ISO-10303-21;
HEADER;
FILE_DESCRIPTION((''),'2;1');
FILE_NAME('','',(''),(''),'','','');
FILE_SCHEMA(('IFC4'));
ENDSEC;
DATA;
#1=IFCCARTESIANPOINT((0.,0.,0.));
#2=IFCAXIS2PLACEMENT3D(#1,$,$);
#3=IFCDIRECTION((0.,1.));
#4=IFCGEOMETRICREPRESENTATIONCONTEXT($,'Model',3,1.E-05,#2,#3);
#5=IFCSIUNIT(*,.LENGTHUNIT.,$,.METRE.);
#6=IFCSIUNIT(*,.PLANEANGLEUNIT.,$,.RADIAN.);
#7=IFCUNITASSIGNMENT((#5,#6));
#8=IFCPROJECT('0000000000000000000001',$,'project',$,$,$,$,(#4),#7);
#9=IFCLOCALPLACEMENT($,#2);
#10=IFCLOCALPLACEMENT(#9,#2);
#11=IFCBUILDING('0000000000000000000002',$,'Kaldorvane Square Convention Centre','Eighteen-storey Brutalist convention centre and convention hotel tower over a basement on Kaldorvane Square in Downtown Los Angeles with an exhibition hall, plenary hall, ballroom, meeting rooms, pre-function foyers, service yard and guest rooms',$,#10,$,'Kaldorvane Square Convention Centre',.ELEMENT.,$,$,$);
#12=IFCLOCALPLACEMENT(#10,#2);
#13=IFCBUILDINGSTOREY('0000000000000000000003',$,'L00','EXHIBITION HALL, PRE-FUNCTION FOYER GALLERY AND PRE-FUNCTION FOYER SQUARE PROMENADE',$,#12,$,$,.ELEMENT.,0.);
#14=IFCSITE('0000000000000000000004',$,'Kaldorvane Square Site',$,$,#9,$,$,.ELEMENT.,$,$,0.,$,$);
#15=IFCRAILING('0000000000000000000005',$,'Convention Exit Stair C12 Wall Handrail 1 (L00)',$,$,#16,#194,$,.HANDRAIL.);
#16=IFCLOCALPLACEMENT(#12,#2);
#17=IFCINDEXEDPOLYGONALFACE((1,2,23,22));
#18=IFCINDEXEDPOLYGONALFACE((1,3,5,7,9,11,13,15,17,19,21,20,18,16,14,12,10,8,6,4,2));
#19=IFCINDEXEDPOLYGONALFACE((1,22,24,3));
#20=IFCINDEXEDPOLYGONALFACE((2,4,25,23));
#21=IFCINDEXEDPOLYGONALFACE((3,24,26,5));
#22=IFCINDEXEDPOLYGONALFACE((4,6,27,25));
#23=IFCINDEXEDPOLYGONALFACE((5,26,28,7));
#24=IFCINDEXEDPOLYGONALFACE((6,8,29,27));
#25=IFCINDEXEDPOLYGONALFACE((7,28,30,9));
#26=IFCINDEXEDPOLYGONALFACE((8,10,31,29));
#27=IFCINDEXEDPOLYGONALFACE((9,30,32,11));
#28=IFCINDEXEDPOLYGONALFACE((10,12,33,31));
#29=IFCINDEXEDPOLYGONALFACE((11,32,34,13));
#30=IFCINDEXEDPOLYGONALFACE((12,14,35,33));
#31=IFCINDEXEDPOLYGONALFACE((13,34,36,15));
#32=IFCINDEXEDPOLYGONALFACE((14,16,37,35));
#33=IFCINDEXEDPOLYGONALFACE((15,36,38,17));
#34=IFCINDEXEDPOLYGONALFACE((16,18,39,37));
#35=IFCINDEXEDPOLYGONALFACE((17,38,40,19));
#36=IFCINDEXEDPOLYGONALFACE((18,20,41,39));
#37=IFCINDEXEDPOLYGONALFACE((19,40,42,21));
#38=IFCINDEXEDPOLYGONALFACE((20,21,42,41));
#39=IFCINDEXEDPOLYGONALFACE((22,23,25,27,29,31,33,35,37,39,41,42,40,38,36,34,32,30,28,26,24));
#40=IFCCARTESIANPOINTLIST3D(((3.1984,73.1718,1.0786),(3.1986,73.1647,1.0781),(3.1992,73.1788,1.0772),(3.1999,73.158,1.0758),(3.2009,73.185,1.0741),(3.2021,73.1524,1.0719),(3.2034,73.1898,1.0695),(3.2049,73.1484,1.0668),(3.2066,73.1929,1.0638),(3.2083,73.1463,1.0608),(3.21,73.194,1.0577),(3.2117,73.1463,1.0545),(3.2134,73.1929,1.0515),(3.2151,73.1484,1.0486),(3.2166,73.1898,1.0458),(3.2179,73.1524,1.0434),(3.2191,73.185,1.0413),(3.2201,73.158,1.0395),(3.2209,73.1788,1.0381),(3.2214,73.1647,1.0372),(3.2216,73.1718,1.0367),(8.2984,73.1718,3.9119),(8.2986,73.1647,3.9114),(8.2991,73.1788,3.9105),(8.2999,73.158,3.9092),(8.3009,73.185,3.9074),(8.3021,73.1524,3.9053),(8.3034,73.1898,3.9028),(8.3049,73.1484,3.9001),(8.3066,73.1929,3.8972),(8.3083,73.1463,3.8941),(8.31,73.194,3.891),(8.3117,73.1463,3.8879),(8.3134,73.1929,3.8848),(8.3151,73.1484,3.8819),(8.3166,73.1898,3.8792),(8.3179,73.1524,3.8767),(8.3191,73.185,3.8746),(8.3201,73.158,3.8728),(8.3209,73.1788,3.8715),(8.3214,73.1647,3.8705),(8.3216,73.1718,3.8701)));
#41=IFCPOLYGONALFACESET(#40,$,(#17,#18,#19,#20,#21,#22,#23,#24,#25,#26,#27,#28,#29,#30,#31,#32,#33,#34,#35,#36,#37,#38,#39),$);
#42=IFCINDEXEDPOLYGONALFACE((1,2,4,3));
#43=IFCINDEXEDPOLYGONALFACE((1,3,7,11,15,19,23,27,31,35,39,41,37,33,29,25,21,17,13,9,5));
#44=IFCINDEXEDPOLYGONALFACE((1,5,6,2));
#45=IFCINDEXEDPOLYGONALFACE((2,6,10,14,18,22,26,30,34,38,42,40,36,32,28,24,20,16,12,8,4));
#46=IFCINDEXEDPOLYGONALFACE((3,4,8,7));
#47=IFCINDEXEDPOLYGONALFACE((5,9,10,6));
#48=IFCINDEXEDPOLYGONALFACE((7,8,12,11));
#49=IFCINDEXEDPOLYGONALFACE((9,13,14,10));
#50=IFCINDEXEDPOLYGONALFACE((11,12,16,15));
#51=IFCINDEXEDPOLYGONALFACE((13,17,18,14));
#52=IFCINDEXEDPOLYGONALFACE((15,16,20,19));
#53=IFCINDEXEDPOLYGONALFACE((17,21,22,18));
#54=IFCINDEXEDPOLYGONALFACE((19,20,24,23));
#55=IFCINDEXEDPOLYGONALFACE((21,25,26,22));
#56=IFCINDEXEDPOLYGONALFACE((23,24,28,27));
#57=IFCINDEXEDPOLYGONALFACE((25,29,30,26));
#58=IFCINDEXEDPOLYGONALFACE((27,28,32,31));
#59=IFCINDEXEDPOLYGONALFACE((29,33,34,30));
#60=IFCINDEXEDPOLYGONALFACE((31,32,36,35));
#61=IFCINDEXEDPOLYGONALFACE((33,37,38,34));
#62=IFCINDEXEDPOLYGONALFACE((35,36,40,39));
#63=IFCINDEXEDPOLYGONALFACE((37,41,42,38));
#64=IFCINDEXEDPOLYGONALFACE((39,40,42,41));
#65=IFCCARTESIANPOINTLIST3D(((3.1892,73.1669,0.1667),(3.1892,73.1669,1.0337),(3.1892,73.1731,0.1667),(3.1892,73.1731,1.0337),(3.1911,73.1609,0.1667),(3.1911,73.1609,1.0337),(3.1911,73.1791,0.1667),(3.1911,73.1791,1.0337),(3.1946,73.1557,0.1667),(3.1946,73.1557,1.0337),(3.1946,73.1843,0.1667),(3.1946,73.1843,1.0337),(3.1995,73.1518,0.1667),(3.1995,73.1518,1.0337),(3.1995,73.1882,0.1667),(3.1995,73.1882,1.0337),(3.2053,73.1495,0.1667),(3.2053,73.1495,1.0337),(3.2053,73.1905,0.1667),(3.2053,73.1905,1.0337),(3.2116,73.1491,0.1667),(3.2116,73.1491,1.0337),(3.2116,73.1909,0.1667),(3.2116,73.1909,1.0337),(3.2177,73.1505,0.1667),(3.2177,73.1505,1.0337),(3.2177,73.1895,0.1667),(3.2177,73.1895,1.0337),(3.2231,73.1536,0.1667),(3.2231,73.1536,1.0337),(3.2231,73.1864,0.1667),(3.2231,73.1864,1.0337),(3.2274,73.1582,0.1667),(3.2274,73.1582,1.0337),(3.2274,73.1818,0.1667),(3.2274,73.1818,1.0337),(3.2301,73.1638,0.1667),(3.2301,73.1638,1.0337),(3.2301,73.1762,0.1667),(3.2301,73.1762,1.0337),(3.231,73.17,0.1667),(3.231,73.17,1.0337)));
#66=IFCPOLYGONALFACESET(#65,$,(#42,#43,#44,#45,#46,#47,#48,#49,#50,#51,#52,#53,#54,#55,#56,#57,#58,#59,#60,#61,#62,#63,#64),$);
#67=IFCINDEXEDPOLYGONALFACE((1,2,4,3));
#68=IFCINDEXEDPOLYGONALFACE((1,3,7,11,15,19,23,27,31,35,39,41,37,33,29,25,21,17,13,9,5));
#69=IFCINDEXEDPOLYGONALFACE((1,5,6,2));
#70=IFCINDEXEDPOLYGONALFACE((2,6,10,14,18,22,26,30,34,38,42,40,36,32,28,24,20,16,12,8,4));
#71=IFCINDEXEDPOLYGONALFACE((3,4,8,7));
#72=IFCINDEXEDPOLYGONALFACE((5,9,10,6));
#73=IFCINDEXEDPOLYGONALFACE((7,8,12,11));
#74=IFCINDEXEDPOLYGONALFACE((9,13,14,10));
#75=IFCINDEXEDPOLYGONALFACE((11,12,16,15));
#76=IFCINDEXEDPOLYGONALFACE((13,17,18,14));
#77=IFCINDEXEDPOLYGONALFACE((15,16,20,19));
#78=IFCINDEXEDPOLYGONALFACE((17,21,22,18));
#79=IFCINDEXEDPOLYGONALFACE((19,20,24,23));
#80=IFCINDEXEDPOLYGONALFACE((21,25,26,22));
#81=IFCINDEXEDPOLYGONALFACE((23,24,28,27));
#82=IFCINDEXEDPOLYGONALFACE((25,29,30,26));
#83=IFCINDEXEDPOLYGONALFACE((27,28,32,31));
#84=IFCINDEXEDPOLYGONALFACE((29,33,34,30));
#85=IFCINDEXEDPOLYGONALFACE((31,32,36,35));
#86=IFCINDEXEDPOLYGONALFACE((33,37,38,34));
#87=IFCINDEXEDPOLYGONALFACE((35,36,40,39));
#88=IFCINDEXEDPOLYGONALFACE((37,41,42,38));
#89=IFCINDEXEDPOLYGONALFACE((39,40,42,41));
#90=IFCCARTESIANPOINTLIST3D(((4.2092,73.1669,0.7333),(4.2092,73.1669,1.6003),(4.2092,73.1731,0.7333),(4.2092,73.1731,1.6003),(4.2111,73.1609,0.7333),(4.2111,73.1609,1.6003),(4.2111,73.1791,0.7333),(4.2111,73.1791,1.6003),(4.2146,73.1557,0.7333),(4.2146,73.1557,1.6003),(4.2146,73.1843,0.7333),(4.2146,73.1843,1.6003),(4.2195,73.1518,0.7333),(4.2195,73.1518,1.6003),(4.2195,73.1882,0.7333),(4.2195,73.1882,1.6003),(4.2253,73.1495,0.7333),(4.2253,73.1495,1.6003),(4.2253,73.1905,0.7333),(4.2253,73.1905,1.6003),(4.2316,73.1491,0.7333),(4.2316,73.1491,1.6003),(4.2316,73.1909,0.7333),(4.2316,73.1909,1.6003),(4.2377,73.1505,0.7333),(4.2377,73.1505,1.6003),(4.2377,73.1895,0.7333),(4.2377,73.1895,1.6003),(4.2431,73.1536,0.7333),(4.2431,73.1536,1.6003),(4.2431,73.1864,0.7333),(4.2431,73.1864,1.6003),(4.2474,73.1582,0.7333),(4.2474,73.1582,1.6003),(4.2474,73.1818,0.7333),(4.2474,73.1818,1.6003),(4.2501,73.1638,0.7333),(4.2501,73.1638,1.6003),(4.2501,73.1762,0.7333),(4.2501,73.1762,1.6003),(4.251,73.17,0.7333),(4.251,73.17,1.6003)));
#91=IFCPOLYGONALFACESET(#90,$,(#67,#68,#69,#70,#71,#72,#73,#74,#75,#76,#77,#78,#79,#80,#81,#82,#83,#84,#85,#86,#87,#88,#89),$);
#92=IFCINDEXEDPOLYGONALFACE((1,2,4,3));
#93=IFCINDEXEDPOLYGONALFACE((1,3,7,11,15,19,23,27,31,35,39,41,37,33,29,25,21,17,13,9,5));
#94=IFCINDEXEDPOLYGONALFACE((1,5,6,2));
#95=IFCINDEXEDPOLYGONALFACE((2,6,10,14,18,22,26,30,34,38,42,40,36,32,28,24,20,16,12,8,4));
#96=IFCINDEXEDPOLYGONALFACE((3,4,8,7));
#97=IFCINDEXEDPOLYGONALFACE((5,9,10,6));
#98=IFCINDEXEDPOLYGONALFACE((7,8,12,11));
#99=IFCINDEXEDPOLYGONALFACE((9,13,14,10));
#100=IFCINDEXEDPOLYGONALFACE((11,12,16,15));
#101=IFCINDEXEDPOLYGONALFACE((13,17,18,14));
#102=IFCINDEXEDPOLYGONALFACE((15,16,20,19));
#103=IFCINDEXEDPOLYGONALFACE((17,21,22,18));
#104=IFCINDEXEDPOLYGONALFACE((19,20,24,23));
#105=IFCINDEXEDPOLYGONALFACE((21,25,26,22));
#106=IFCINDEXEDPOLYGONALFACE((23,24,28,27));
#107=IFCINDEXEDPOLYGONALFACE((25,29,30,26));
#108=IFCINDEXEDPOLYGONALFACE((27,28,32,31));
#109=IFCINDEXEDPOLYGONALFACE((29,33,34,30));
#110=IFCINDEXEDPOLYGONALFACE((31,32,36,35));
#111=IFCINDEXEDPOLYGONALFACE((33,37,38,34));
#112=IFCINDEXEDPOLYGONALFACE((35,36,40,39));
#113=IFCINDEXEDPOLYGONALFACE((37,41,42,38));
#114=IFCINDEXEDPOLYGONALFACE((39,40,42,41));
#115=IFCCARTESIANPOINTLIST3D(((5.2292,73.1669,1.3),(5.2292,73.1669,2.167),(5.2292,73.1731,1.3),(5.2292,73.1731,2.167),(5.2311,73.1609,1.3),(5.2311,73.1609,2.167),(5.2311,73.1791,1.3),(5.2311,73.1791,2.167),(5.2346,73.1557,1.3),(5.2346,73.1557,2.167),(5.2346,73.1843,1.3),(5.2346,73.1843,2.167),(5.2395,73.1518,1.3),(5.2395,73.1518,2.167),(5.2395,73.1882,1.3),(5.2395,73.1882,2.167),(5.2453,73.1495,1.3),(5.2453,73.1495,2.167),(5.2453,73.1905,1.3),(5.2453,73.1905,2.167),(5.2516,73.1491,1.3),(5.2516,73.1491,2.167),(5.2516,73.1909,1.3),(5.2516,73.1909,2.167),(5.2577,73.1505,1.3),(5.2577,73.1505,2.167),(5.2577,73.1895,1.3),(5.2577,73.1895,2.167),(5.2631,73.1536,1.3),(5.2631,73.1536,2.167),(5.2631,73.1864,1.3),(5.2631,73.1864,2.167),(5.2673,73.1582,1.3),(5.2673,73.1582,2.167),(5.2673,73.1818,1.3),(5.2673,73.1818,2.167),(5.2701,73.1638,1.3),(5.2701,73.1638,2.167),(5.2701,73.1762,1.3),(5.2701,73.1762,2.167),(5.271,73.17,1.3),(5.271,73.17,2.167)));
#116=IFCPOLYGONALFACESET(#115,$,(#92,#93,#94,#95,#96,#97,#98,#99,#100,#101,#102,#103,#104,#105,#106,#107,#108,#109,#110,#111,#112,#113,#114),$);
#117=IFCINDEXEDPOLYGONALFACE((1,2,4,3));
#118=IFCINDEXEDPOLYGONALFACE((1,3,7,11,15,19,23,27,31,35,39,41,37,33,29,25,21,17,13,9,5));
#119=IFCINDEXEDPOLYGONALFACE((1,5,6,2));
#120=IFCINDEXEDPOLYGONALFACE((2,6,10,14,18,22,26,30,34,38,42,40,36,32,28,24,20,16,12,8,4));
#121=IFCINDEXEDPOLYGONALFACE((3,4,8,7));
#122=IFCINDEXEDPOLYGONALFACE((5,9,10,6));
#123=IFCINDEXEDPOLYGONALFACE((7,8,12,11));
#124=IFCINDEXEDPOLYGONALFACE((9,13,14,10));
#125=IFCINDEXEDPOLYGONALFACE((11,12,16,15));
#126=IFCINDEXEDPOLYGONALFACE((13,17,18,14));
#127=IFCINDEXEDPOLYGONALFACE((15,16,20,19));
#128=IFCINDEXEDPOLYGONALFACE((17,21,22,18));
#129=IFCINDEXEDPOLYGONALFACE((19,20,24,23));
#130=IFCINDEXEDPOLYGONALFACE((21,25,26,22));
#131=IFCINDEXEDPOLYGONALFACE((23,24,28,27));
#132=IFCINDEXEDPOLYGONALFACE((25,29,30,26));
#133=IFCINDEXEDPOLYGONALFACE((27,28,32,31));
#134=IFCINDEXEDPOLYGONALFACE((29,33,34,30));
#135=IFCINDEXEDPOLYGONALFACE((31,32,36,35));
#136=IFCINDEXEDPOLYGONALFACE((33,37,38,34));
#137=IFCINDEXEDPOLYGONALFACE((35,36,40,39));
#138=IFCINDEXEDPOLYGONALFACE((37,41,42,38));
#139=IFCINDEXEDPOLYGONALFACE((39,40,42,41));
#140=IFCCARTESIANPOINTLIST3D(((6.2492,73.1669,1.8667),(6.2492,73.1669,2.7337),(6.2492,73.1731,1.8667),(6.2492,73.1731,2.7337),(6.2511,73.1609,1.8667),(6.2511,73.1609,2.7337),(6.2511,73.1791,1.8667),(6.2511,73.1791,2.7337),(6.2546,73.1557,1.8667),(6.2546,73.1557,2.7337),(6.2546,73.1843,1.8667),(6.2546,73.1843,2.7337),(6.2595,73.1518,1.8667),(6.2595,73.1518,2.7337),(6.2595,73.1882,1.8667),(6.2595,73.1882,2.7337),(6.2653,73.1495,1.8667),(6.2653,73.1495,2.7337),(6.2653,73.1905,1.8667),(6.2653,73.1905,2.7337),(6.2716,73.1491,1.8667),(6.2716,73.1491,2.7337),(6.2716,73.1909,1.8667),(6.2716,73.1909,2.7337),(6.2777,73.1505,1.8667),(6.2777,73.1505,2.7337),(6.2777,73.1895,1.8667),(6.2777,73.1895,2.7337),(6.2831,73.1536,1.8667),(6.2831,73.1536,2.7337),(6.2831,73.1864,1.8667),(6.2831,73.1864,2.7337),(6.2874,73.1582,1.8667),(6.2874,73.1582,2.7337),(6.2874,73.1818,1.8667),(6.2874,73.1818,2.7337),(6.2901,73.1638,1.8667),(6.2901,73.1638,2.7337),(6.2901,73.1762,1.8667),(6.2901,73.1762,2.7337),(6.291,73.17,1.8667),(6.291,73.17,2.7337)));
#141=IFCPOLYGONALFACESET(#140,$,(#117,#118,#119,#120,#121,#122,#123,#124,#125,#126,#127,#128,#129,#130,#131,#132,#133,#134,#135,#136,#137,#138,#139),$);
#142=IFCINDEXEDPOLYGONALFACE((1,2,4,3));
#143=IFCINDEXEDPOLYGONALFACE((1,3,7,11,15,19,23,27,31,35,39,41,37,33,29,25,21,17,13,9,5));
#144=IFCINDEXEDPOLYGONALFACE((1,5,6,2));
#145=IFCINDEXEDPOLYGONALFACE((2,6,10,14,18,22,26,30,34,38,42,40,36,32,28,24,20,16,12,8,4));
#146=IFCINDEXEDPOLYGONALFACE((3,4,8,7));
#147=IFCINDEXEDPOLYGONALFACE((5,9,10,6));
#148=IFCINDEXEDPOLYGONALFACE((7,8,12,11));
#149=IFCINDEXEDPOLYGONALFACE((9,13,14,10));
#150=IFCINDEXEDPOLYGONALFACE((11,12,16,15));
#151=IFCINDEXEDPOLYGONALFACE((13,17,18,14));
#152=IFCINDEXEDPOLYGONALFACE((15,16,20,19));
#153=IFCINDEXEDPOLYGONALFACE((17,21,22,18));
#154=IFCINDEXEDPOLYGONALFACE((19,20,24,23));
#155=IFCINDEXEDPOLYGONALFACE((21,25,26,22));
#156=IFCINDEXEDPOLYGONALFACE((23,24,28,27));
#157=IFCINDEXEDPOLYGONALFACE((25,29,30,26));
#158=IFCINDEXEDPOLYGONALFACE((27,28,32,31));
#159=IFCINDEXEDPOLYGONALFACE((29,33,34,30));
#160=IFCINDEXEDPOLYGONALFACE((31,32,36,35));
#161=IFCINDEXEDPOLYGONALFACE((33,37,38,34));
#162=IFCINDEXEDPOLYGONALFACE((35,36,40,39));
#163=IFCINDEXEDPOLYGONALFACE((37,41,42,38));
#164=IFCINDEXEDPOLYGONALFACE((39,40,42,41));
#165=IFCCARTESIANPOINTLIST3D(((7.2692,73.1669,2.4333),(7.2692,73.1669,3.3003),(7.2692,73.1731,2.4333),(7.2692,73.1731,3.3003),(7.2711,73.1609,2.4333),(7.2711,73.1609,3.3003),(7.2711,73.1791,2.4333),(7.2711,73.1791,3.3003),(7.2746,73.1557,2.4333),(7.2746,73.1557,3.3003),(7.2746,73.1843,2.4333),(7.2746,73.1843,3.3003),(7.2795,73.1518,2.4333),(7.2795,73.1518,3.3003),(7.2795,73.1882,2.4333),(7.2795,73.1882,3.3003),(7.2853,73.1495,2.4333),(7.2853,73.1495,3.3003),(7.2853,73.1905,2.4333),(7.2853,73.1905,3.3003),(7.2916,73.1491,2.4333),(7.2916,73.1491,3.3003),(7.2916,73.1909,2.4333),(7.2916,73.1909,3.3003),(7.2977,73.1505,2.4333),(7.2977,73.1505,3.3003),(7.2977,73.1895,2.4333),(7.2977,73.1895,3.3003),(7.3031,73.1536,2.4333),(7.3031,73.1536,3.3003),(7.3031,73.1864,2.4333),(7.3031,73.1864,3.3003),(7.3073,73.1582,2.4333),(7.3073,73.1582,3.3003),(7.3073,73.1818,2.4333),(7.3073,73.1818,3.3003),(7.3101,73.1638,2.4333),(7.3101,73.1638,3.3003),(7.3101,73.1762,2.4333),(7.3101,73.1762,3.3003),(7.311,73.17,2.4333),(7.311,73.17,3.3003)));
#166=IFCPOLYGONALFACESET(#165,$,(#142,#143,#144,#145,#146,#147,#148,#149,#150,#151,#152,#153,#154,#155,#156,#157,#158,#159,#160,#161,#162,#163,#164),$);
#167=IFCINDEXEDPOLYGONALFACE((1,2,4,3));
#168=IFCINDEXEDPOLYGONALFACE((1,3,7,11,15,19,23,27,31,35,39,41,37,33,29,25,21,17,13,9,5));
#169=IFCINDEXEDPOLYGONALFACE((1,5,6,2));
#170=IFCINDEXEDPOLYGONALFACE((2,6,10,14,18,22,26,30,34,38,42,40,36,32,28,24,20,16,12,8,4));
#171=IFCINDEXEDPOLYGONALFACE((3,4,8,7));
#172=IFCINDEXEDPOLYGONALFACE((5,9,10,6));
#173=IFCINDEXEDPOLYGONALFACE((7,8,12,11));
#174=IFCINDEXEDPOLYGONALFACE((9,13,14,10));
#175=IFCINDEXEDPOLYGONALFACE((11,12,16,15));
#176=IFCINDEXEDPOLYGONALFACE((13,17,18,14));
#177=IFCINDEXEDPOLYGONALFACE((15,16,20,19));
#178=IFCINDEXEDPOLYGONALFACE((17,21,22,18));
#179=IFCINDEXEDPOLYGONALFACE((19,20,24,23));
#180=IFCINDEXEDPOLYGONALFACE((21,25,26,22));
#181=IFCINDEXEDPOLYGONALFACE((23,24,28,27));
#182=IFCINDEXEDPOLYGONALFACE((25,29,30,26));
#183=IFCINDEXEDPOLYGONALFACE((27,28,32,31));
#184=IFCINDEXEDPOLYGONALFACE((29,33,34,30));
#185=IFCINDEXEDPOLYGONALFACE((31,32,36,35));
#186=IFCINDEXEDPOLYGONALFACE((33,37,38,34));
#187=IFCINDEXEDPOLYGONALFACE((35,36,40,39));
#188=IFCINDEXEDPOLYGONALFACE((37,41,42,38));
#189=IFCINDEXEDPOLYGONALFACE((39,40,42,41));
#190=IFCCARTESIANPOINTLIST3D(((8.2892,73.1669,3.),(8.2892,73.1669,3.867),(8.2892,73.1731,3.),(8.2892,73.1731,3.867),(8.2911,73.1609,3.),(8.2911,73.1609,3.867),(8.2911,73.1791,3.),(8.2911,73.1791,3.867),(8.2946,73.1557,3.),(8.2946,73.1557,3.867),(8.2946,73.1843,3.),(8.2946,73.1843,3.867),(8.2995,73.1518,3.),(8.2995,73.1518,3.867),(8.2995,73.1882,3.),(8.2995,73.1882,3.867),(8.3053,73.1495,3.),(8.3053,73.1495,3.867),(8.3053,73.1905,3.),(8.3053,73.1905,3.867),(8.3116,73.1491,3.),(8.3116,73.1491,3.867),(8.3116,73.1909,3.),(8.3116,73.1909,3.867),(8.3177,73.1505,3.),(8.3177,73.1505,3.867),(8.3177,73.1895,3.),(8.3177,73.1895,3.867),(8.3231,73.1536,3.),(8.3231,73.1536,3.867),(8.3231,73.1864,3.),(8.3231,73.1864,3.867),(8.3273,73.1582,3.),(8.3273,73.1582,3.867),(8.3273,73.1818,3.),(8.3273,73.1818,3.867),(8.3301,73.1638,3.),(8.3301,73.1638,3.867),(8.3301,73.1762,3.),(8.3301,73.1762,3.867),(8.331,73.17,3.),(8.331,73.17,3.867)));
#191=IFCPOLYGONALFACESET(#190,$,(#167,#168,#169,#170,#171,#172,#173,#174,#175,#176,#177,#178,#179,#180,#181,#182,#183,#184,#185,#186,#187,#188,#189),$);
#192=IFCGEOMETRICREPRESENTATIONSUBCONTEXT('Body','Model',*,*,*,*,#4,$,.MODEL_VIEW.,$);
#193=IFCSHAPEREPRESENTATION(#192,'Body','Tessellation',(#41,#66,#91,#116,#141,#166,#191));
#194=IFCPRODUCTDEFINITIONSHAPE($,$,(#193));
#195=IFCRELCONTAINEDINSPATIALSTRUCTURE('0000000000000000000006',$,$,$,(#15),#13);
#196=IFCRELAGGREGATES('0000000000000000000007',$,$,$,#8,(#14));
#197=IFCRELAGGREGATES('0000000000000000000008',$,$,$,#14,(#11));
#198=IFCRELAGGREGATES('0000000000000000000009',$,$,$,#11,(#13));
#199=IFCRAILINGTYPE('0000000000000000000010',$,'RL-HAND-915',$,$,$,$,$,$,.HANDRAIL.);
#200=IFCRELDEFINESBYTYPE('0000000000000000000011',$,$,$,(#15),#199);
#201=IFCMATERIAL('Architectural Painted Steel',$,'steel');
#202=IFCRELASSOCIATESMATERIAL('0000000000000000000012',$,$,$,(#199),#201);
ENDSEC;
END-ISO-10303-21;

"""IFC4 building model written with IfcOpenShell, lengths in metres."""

from ifc_helpers import new_model, si_unit, direction, frame, origin, origin_2d, place, context, subcontext, project, spatial, circle, extrude, material, type_object, element, save


model = new_model("IFC4")

# Units and contexts
model_context = context("Model", 3, precision=1e-05, world=origin(), true_north=direction((0.0, 1.0)))
body_context = subcontext(model_context, "Body", "Model", "MODEL_VIEW")
ifc_project = project(units=[si_unit("LENGTHUNIT", "METRE"), si_unit("PLANEANGLEUNIT", "RADIAN")], contexts=[model_context])

# Site, building, storey
site_placement = place(None, origin())
site = spatial("IfcSite", under=ifc_project, at=site_placement, Name="Kaldorvane Square Site", CompositionType="ELEMENT", RefElevation=0.0)
building_placement = place(site_placement, origin())
building = spatial("IfcBuilding", under=site, at=building_placement, Name="Kaldorvane Square Convention Centre", Description="Eighteen-storey Brutalist convention centre and convention hotel tower over a basement on Kaldorvane Square in Downtown Los Angeles with an exhibition hall, plenary hall, ballroom, meeting rooms, pre-function foyers, service yard and guest rooms", LongName="Kaldorvane Square Convention Centre", CompositionType="ELEMENT")
storey_placement = place(building_placement, origin())
storey = spatial("IfcBuildingStorey", under=building, at=storey_placement, Name="L00", Description="EXHIBITION HALL, PRE-FUNCTION FOYER GALLERY AND PRE-FUNCTION FOYER SQUARE PROMENADE", CompositionType="ELEMENT", Elevation=0.0)

# Railing
ifc_material_1 = material(Name="Architectural Painted Steel", Category="steel")
railing_type_1 = type_object("IfcRailingType", Name="RL-HAND-915", PredefinedType="HANDRAIL", material=ifc_material_1)
railing_1_placement = place(storey_placement, frame((3.21, 73.17, 0.1667)))
element("IfcRailing", 1, at=railing_1_placement, inside=storey, type_object=railing_type_1, Name="Convention Exit Stair C12 Wall Handrail 1 (L00)", PredefinedType="HANDRAIL", context=body_context, shape_type="SweptSolid", body=[
    extrude(circle(Radius=0.024, at=origin_2d()), frame((0.0, 0.0, 0.891), z_axis=(0.874157, 0.0, 0.485643), x_axis=(0.0, 1.0, 0.0)), (0.0, 0.0, 1.0), 5.8342),
    extrude(circle(Radius=0.021, at=origin_2d()), origin(), (0.0, 0.0, 1.0), 0.867),
    extrude(circle(Radius=0.021, at=origin_2d()), frame((1.02, 0.0, 0.5667)), (0.0, 0.0, 1.0), 0.867),
    extrude(circle(Radius=0.021, at=origin_2d()), frame((2.04, 0.0, 1.1333)), (0.0, 0.0, 1.0), 0.867),
    extrude(circle(Radius=0.021, at=origin_2d()), frame((3.06, 0.0, 1.7)), (0.0, 0.0, 1.0), 0.867),
    extrude(circle(Radius=0.021, at=origin_2d()), frame((4.08, 0.0, 2.2667)), (0.0, 0.0, 1.0), 0.867),
    extrude(circle(Radius=0.021, at=origin_2d()), frame((5.1, 0.0, 2.8333)), (0.0, 0.0, 1.0), 0.867),
])

save(model, "model.ifc")
